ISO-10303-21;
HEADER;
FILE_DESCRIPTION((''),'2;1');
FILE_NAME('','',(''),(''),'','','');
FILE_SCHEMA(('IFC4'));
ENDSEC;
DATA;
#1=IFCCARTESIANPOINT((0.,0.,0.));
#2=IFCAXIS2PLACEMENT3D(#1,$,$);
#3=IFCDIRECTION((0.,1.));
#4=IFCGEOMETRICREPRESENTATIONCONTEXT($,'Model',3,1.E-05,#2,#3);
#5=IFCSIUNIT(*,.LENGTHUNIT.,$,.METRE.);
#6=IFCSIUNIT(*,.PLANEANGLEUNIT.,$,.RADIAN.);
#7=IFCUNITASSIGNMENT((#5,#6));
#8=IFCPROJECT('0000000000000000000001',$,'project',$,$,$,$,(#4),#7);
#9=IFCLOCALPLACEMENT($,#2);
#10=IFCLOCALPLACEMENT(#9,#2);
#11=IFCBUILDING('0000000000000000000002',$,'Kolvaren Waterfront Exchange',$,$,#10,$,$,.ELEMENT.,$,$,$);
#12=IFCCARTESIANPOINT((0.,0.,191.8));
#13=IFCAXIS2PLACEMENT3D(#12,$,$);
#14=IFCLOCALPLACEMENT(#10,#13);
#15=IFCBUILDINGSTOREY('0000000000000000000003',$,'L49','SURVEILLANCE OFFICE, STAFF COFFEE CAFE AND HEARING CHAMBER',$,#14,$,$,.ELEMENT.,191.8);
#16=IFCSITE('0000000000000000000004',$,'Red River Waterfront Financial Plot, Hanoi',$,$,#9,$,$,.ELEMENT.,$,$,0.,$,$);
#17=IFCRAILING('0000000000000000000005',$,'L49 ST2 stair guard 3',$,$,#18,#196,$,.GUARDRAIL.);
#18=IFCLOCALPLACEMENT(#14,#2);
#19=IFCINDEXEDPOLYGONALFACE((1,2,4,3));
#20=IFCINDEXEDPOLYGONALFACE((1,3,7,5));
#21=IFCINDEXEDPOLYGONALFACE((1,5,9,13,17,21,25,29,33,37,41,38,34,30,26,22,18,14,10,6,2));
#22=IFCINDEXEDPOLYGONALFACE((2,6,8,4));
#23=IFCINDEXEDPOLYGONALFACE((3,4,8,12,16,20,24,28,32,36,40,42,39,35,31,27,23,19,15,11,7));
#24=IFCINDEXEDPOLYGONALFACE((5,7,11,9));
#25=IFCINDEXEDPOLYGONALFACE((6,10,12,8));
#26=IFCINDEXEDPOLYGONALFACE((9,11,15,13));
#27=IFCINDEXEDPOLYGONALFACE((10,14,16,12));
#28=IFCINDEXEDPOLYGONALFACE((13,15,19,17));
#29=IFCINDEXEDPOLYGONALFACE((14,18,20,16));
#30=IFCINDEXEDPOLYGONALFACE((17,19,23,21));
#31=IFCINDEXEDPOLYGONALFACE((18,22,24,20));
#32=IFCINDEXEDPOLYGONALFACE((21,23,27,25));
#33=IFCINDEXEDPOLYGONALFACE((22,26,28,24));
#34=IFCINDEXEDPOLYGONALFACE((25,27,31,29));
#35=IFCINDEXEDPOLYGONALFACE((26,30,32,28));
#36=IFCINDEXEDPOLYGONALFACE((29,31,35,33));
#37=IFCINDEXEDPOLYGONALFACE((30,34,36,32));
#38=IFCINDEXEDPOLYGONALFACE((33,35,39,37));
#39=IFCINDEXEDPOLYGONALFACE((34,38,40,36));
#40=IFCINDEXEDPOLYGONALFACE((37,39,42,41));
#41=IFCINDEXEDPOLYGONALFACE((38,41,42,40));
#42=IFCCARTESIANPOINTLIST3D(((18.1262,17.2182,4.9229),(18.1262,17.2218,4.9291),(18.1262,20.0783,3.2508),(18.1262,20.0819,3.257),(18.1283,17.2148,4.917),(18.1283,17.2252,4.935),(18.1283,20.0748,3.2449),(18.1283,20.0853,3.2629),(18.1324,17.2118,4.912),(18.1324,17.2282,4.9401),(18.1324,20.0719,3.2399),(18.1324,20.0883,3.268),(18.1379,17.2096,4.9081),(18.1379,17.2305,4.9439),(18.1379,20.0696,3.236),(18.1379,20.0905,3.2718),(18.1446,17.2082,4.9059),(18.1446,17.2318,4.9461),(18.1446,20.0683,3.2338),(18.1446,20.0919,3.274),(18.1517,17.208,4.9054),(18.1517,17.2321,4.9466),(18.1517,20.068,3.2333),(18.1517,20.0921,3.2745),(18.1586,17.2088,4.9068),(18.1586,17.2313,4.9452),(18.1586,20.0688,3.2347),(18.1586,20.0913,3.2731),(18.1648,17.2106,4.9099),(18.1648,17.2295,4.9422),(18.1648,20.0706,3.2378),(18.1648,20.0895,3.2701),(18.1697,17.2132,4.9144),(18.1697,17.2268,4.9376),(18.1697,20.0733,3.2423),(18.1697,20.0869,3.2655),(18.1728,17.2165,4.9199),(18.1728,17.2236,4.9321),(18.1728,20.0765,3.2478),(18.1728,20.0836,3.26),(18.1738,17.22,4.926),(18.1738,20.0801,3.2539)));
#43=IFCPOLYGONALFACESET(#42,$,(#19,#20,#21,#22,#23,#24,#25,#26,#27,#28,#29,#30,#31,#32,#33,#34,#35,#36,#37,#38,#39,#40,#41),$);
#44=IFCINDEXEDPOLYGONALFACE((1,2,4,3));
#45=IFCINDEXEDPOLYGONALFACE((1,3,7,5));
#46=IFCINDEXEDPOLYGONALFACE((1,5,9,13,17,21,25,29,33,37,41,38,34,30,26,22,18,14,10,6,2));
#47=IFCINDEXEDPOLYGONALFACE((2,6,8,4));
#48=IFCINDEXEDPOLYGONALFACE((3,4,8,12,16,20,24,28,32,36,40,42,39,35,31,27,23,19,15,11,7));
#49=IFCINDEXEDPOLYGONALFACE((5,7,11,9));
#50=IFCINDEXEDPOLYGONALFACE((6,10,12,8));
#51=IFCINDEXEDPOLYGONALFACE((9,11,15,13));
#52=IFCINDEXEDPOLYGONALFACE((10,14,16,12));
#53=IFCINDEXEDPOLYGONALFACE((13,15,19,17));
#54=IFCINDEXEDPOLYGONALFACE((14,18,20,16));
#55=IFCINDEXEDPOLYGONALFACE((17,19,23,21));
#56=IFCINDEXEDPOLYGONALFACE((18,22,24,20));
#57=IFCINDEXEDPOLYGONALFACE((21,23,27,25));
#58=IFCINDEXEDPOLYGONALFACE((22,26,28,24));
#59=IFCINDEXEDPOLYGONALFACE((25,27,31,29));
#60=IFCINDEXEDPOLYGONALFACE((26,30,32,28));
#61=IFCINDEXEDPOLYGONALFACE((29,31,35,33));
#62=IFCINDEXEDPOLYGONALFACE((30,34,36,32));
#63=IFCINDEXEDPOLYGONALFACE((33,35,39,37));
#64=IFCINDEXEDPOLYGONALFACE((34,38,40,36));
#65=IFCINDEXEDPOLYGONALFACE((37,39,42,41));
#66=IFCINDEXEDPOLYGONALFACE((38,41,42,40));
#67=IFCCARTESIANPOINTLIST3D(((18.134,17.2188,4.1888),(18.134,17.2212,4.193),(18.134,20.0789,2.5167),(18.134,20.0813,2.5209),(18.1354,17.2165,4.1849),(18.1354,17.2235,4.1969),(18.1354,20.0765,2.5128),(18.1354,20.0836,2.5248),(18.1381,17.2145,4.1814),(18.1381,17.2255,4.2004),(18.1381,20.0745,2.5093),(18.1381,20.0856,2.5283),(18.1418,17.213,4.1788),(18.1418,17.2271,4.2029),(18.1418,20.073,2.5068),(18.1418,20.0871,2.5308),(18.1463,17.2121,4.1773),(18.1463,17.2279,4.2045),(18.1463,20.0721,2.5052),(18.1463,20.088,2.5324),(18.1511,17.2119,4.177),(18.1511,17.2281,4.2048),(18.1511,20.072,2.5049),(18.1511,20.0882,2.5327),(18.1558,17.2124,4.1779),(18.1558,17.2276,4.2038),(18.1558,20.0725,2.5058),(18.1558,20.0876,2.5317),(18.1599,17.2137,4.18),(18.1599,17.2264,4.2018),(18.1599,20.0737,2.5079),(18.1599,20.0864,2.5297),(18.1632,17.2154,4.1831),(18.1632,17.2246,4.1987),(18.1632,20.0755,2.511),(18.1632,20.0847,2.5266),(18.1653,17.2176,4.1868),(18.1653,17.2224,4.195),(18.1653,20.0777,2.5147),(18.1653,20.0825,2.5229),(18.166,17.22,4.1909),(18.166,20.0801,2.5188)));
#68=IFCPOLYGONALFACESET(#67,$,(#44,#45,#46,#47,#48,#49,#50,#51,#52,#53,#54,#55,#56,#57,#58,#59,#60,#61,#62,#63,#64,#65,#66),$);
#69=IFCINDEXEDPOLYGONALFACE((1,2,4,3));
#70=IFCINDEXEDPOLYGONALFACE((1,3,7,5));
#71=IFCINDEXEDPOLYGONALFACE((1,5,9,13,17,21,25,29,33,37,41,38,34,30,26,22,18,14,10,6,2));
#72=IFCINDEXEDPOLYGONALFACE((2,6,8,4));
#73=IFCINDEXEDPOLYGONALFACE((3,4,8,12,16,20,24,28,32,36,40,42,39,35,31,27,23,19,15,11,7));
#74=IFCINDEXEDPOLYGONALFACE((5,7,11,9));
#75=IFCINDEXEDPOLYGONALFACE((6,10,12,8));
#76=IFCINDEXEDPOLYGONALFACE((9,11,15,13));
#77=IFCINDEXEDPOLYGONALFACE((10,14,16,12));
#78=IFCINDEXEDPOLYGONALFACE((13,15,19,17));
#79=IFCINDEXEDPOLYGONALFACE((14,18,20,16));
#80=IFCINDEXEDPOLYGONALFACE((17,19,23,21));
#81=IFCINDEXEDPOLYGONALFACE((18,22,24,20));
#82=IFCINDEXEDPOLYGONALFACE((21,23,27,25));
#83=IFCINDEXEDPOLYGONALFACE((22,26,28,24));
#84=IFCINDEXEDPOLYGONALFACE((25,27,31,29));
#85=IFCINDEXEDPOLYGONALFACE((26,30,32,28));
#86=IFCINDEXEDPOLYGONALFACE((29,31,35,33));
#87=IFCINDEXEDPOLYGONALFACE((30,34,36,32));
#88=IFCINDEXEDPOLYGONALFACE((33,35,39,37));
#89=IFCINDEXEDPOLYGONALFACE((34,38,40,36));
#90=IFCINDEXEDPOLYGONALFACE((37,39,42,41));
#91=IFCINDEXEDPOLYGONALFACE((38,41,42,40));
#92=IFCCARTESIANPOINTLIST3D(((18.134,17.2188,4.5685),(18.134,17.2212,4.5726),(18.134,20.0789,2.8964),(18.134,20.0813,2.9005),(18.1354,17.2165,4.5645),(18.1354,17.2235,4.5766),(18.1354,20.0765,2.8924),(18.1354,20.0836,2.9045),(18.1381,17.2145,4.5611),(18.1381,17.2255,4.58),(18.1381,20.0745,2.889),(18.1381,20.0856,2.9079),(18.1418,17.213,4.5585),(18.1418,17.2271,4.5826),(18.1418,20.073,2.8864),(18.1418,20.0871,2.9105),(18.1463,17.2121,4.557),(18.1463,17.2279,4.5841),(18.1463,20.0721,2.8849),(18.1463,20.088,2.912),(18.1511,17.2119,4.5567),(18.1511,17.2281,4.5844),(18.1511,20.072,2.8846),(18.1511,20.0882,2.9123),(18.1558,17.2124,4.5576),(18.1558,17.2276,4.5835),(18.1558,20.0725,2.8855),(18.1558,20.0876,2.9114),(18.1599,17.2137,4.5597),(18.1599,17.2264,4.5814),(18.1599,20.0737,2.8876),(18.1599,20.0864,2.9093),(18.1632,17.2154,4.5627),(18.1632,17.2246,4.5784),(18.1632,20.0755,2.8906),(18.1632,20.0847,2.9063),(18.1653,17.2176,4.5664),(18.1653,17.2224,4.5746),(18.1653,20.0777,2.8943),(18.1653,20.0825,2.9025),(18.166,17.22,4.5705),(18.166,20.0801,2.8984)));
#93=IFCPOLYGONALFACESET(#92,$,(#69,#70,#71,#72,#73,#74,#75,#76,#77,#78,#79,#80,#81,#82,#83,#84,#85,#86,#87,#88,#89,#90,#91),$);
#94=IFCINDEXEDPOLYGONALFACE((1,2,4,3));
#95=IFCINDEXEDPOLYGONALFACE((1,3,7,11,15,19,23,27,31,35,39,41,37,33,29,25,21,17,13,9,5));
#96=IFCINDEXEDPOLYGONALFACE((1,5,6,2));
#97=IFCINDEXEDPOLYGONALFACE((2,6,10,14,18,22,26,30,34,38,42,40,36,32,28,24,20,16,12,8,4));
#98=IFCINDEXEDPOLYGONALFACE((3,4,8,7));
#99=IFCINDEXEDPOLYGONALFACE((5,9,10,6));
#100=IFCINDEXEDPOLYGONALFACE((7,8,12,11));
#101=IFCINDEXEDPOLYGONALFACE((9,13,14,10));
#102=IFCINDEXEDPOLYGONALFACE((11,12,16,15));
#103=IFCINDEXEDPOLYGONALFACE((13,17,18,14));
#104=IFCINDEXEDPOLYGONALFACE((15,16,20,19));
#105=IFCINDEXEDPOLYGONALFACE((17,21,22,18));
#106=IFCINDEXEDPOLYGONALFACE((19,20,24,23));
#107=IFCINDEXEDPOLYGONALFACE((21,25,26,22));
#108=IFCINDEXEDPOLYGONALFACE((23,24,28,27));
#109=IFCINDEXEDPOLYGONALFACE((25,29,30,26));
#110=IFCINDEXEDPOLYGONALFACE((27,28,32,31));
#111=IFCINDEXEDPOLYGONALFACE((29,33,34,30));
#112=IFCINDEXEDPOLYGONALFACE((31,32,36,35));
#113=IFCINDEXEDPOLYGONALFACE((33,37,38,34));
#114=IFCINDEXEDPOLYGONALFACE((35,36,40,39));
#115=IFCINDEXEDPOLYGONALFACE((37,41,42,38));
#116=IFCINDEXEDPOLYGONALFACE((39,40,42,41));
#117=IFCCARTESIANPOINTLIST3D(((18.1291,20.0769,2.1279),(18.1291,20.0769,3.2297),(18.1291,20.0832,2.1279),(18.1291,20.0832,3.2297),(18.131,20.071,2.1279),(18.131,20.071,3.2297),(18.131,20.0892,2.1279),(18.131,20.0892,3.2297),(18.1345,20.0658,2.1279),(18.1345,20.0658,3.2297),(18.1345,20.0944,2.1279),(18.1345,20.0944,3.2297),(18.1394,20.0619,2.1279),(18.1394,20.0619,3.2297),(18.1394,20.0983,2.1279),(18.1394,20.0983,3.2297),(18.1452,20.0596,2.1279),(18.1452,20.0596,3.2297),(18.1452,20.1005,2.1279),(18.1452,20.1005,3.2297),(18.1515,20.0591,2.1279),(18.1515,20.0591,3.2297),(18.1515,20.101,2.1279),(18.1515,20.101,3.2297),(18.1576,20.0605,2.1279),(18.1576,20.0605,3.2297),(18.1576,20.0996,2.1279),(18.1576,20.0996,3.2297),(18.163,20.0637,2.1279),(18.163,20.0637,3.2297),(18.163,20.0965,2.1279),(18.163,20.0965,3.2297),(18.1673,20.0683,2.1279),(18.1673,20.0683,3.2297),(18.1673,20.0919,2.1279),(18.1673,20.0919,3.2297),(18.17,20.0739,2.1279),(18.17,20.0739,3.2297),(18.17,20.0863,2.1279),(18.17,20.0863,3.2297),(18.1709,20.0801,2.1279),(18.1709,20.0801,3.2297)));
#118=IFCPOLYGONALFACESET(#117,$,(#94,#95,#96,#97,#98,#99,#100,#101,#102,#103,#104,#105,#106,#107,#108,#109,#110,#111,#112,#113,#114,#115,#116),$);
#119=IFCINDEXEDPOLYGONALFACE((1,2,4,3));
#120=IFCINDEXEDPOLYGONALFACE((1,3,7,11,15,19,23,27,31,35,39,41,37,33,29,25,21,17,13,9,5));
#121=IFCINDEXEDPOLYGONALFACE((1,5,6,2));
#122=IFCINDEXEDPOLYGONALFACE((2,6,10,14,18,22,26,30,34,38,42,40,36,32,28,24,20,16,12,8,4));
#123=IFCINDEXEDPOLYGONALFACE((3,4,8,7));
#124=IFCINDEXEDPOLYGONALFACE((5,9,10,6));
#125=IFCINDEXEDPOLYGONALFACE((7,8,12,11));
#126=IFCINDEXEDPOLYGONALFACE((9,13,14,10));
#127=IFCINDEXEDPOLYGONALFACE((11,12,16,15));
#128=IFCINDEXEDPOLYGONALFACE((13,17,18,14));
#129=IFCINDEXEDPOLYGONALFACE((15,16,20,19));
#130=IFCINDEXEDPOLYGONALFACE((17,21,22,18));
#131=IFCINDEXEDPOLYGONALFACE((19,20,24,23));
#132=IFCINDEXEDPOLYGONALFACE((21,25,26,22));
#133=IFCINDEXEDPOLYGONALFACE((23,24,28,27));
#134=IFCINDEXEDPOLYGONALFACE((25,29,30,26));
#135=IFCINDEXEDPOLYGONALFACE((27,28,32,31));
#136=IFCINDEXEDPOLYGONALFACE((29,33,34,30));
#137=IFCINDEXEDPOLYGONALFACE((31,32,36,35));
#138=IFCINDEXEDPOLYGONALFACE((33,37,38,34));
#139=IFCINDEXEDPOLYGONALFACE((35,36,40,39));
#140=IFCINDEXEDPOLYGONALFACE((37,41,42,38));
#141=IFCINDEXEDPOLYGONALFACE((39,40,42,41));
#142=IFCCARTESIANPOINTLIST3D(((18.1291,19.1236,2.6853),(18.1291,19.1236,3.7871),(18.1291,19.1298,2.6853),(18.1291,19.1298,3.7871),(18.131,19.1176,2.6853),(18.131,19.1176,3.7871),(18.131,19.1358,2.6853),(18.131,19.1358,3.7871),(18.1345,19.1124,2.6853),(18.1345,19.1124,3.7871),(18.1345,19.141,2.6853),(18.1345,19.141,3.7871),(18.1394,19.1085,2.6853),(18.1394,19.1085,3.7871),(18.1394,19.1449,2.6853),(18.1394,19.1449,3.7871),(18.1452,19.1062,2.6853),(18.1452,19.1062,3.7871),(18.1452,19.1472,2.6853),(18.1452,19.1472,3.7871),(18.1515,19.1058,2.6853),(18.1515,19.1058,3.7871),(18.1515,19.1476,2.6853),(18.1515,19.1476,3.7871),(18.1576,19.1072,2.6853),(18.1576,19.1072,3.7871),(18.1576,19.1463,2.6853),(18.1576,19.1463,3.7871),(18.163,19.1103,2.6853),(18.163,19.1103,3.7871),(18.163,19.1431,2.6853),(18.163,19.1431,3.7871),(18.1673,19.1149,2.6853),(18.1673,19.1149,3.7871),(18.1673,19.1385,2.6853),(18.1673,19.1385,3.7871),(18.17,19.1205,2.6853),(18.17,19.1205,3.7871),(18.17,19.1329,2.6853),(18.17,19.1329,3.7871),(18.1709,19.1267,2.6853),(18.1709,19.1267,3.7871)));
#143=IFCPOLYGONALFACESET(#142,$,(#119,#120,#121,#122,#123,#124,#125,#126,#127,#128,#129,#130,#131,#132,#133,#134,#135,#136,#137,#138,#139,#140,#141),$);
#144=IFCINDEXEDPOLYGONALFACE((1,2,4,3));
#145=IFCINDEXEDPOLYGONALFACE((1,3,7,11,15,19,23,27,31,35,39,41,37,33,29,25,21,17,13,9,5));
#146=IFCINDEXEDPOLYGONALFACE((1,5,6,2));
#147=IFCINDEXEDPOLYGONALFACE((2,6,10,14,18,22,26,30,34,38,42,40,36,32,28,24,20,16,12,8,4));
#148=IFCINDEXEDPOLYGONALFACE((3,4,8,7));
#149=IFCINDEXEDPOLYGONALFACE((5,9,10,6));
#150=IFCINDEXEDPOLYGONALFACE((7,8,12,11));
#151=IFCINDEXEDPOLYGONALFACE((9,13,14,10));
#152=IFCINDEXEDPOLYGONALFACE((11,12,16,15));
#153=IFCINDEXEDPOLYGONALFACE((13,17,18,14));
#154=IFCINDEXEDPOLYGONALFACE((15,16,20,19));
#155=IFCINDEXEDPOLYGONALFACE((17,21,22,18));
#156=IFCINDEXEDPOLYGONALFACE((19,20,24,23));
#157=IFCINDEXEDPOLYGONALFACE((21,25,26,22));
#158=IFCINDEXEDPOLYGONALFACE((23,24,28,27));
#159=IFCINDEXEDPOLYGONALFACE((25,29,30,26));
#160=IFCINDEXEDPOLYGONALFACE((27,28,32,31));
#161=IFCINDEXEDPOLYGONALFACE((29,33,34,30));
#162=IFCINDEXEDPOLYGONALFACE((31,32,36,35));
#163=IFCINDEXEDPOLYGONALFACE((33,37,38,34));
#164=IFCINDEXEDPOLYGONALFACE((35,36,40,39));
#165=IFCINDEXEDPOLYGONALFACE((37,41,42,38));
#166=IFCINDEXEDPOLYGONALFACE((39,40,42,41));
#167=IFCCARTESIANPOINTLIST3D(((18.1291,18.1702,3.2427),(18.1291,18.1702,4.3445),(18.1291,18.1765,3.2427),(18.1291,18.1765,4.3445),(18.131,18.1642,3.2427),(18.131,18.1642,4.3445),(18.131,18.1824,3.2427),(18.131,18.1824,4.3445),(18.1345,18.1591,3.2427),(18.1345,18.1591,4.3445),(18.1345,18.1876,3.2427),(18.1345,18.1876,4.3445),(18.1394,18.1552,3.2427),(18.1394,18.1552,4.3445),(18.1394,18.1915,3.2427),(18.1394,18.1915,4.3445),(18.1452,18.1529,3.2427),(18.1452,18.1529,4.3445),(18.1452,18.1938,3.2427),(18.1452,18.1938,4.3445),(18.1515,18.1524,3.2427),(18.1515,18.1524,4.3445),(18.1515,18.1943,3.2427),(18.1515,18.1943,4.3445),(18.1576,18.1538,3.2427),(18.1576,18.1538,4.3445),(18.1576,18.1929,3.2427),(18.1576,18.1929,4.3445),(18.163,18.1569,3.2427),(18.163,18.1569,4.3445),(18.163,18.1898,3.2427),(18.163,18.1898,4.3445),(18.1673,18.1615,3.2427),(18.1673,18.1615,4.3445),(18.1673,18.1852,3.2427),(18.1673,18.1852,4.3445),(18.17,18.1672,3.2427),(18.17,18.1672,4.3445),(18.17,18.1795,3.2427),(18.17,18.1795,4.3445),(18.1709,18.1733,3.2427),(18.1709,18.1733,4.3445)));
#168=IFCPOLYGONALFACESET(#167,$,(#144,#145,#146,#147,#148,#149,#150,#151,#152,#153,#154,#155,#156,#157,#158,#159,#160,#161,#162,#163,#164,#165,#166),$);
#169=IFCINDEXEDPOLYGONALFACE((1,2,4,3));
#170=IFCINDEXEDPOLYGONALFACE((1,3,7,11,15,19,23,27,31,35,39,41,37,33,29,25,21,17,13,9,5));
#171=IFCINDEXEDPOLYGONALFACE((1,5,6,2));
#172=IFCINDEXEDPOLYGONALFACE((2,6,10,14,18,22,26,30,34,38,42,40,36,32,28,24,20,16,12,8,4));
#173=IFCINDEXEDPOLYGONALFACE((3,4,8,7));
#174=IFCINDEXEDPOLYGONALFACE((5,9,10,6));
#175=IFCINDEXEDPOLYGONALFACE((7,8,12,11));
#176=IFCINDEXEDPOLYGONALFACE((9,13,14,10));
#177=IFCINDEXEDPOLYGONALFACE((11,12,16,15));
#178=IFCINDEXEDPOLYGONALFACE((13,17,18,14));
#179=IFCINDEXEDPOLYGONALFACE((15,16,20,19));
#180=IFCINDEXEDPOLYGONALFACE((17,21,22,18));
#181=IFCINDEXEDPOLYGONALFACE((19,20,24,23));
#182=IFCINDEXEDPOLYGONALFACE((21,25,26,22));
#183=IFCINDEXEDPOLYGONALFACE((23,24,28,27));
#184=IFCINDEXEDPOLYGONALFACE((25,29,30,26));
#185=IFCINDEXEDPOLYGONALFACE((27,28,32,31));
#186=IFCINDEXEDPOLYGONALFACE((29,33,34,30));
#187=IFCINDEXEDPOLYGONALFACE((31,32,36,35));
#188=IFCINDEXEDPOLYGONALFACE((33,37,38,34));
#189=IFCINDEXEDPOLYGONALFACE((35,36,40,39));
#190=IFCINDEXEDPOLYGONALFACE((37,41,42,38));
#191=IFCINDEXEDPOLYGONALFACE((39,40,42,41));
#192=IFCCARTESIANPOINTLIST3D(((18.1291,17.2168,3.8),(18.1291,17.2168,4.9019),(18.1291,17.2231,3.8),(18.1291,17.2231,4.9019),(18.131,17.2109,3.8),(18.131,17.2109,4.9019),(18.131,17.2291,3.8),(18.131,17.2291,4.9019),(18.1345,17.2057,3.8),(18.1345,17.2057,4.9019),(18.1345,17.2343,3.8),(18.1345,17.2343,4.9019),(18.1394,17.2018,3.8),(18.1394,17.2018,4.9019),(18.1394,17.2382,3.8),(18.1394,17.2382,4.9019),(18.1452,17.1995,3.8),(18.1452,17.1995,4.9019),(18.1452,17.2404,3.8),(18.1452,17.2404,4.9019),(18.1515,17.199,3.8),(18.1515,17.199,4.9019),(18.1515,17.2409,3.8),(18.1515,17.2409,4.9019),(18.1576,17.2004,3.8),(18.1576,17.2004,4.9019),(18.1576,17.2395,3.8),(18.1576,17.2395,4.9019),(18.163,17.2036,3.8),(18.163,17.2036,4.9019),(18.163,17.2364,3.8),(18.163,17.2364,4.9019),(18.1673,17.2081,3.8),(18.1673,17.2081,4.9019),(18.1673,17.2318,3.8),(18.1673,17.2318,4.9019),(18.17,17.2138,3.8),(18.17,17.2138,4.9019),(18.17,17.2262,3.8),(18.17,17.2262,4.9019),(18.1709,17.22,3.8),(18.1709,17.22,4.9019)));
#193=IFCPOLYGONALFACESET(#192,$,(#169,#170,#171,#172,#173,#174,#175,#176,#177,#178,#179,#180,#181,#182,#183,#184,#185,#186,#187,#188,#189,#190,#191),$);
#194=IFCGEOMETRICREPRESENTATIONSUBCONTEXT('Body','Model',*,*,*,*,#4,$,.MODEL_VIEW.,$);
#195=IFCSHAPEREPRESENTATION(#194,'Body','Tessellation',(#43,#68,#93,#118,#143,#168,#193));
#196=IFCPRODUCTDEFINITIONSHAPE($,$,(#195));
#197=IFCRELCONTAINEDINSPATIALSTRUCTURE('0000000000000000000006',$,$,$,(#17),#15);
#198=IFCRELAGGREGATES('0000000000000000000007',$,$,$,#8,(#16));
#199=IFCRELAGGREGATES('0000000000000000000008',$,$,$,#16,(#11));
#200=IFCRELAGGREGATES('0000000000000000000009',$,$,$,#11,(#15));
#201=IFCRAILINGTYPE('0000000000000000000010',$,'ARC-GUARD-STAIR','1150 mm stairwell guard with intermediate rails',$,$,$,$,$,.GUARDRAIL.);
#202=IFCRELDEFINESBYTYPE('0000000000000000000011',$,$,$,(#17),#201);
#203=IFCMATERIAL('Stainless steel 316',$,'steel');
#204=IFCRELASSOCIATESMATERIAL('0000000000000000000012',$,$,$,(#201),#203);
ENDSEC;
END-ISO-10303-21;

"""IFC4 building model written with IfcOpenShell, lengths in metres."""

from ifc_helpers import new_model, si_unit, direction, frame, origin, origin_2d, place, context, subcontext, project, spatial, circle, extrude, material, type_object, element, save


model = new_model("IFC4")

# Units and contexts
model_context = context("Model", 3, precision=1e-05, world=origin(), true_north=direction((0.0, 1.0)))
body_context = subcontext(model_context, "Body", "Model", "MODEL_VIEW")
ifc_project = project(units=[si_unit("LENGTHUNIT", "METRE"), si_unit("PLANEANGLEUNIT", "RADIAN")], contexts=[model_context])

# Site, building, storey
site_placement = place(None, origin())
site = spatial("IfcSite", under=ifc_project, at=site_placement, Name="Red River Waterfront Financial Plot, Hanoi", CompositionType="ELEMENT", RefElevation=0.0)
building_placement = place(site_placement, origin())
building = spatial("IfcBuilding", under=site, at=building_placement, Name="Kolvaren Waterfront Exchange", CompositionType="ELEMENT")
storey_placement = place(building_placement, frame((0.0, 0.0, 191.8)))
storey = spatial("IfcBuildingStorey", under=building, at=storey_placement, Name="L49", Description="SURVEILLANCE OFFICE, STAFF COFFEE CAFE AND HEARING CHAMBER", CompositionType="ELEMENT", Elevation=191.8)

# Railing
ifc_material_1 = material(Name="Stainless steel 316", Category="steel")
railing_type = type_object("IfcRailingType", Name="ARC-GUARD-STAIR", Description="1150 mm stairwell guard with intermediate rails", PredefinedType="GUARDRAIL", material=ifc_material_1)
railing_1_placement = place(storey_placement, frame((18.1499, 20.0801, 2.1279)))
element("IfcRailing", 1, at=railing_1_placement, inside=storey, type_object=railing_type, Name="L49 ST2 stair guard 3", PredefinedType="GUARDRAIL", context=body_context, shape_type="SweptSolid", body=[
    extrude(circle(Radius=0.0239, at=origin_2d()), frame((0.0, 0.0, 1.126), z_axis=(0.0, -0.863289, 0.504709), x_axis=(1.0, 0.0, 0.0)), (0.0, 0.0, 1.0), 3.313),
    extrude(circle(Radius=0.0161, at=origin_2d()), frame((0.0, 0.0, 0.3909), z_axis=(0.0, -0.863289, 0.504709), x_axis=(1.0, 0.0, 0.0)), (0.0, 0.0, 1.0), 3.313),
    extrude(circle(Radius=0.0161, at=origin_2d()), frame((0.0, 0.0, 0.7705), z_axis=(0.0, -0.863289, 0.504709), x_axis=(1.0, 0.0, 0.0)), (0.0, 0.0, 1.0), 3.313),
    extrude(circle(Radius=0.021, at=origin_2d()), origin(), (0.0, 0.0, 1.0), 1.1018),
    extrude(circle(Radius=0.021, at=origin_2d()), frame((0.0, -0.9534, 0.5574)), (0.0, 0.0, 1.0), 1.1018),
    extrude(circle(Radius=0.021, at=origin_2d()), frame((0.0, -1.9067, 1.1147)), (0.0, 0.0, 1.0), 1.1018),
    extrude(circle(Radius=0.021, at=origin_2d()), frame((0.0, -2.8601, 1.6721)), (0.0, 0.0, 1.0), 1.1018),
])

save(model, "model.ifc")
